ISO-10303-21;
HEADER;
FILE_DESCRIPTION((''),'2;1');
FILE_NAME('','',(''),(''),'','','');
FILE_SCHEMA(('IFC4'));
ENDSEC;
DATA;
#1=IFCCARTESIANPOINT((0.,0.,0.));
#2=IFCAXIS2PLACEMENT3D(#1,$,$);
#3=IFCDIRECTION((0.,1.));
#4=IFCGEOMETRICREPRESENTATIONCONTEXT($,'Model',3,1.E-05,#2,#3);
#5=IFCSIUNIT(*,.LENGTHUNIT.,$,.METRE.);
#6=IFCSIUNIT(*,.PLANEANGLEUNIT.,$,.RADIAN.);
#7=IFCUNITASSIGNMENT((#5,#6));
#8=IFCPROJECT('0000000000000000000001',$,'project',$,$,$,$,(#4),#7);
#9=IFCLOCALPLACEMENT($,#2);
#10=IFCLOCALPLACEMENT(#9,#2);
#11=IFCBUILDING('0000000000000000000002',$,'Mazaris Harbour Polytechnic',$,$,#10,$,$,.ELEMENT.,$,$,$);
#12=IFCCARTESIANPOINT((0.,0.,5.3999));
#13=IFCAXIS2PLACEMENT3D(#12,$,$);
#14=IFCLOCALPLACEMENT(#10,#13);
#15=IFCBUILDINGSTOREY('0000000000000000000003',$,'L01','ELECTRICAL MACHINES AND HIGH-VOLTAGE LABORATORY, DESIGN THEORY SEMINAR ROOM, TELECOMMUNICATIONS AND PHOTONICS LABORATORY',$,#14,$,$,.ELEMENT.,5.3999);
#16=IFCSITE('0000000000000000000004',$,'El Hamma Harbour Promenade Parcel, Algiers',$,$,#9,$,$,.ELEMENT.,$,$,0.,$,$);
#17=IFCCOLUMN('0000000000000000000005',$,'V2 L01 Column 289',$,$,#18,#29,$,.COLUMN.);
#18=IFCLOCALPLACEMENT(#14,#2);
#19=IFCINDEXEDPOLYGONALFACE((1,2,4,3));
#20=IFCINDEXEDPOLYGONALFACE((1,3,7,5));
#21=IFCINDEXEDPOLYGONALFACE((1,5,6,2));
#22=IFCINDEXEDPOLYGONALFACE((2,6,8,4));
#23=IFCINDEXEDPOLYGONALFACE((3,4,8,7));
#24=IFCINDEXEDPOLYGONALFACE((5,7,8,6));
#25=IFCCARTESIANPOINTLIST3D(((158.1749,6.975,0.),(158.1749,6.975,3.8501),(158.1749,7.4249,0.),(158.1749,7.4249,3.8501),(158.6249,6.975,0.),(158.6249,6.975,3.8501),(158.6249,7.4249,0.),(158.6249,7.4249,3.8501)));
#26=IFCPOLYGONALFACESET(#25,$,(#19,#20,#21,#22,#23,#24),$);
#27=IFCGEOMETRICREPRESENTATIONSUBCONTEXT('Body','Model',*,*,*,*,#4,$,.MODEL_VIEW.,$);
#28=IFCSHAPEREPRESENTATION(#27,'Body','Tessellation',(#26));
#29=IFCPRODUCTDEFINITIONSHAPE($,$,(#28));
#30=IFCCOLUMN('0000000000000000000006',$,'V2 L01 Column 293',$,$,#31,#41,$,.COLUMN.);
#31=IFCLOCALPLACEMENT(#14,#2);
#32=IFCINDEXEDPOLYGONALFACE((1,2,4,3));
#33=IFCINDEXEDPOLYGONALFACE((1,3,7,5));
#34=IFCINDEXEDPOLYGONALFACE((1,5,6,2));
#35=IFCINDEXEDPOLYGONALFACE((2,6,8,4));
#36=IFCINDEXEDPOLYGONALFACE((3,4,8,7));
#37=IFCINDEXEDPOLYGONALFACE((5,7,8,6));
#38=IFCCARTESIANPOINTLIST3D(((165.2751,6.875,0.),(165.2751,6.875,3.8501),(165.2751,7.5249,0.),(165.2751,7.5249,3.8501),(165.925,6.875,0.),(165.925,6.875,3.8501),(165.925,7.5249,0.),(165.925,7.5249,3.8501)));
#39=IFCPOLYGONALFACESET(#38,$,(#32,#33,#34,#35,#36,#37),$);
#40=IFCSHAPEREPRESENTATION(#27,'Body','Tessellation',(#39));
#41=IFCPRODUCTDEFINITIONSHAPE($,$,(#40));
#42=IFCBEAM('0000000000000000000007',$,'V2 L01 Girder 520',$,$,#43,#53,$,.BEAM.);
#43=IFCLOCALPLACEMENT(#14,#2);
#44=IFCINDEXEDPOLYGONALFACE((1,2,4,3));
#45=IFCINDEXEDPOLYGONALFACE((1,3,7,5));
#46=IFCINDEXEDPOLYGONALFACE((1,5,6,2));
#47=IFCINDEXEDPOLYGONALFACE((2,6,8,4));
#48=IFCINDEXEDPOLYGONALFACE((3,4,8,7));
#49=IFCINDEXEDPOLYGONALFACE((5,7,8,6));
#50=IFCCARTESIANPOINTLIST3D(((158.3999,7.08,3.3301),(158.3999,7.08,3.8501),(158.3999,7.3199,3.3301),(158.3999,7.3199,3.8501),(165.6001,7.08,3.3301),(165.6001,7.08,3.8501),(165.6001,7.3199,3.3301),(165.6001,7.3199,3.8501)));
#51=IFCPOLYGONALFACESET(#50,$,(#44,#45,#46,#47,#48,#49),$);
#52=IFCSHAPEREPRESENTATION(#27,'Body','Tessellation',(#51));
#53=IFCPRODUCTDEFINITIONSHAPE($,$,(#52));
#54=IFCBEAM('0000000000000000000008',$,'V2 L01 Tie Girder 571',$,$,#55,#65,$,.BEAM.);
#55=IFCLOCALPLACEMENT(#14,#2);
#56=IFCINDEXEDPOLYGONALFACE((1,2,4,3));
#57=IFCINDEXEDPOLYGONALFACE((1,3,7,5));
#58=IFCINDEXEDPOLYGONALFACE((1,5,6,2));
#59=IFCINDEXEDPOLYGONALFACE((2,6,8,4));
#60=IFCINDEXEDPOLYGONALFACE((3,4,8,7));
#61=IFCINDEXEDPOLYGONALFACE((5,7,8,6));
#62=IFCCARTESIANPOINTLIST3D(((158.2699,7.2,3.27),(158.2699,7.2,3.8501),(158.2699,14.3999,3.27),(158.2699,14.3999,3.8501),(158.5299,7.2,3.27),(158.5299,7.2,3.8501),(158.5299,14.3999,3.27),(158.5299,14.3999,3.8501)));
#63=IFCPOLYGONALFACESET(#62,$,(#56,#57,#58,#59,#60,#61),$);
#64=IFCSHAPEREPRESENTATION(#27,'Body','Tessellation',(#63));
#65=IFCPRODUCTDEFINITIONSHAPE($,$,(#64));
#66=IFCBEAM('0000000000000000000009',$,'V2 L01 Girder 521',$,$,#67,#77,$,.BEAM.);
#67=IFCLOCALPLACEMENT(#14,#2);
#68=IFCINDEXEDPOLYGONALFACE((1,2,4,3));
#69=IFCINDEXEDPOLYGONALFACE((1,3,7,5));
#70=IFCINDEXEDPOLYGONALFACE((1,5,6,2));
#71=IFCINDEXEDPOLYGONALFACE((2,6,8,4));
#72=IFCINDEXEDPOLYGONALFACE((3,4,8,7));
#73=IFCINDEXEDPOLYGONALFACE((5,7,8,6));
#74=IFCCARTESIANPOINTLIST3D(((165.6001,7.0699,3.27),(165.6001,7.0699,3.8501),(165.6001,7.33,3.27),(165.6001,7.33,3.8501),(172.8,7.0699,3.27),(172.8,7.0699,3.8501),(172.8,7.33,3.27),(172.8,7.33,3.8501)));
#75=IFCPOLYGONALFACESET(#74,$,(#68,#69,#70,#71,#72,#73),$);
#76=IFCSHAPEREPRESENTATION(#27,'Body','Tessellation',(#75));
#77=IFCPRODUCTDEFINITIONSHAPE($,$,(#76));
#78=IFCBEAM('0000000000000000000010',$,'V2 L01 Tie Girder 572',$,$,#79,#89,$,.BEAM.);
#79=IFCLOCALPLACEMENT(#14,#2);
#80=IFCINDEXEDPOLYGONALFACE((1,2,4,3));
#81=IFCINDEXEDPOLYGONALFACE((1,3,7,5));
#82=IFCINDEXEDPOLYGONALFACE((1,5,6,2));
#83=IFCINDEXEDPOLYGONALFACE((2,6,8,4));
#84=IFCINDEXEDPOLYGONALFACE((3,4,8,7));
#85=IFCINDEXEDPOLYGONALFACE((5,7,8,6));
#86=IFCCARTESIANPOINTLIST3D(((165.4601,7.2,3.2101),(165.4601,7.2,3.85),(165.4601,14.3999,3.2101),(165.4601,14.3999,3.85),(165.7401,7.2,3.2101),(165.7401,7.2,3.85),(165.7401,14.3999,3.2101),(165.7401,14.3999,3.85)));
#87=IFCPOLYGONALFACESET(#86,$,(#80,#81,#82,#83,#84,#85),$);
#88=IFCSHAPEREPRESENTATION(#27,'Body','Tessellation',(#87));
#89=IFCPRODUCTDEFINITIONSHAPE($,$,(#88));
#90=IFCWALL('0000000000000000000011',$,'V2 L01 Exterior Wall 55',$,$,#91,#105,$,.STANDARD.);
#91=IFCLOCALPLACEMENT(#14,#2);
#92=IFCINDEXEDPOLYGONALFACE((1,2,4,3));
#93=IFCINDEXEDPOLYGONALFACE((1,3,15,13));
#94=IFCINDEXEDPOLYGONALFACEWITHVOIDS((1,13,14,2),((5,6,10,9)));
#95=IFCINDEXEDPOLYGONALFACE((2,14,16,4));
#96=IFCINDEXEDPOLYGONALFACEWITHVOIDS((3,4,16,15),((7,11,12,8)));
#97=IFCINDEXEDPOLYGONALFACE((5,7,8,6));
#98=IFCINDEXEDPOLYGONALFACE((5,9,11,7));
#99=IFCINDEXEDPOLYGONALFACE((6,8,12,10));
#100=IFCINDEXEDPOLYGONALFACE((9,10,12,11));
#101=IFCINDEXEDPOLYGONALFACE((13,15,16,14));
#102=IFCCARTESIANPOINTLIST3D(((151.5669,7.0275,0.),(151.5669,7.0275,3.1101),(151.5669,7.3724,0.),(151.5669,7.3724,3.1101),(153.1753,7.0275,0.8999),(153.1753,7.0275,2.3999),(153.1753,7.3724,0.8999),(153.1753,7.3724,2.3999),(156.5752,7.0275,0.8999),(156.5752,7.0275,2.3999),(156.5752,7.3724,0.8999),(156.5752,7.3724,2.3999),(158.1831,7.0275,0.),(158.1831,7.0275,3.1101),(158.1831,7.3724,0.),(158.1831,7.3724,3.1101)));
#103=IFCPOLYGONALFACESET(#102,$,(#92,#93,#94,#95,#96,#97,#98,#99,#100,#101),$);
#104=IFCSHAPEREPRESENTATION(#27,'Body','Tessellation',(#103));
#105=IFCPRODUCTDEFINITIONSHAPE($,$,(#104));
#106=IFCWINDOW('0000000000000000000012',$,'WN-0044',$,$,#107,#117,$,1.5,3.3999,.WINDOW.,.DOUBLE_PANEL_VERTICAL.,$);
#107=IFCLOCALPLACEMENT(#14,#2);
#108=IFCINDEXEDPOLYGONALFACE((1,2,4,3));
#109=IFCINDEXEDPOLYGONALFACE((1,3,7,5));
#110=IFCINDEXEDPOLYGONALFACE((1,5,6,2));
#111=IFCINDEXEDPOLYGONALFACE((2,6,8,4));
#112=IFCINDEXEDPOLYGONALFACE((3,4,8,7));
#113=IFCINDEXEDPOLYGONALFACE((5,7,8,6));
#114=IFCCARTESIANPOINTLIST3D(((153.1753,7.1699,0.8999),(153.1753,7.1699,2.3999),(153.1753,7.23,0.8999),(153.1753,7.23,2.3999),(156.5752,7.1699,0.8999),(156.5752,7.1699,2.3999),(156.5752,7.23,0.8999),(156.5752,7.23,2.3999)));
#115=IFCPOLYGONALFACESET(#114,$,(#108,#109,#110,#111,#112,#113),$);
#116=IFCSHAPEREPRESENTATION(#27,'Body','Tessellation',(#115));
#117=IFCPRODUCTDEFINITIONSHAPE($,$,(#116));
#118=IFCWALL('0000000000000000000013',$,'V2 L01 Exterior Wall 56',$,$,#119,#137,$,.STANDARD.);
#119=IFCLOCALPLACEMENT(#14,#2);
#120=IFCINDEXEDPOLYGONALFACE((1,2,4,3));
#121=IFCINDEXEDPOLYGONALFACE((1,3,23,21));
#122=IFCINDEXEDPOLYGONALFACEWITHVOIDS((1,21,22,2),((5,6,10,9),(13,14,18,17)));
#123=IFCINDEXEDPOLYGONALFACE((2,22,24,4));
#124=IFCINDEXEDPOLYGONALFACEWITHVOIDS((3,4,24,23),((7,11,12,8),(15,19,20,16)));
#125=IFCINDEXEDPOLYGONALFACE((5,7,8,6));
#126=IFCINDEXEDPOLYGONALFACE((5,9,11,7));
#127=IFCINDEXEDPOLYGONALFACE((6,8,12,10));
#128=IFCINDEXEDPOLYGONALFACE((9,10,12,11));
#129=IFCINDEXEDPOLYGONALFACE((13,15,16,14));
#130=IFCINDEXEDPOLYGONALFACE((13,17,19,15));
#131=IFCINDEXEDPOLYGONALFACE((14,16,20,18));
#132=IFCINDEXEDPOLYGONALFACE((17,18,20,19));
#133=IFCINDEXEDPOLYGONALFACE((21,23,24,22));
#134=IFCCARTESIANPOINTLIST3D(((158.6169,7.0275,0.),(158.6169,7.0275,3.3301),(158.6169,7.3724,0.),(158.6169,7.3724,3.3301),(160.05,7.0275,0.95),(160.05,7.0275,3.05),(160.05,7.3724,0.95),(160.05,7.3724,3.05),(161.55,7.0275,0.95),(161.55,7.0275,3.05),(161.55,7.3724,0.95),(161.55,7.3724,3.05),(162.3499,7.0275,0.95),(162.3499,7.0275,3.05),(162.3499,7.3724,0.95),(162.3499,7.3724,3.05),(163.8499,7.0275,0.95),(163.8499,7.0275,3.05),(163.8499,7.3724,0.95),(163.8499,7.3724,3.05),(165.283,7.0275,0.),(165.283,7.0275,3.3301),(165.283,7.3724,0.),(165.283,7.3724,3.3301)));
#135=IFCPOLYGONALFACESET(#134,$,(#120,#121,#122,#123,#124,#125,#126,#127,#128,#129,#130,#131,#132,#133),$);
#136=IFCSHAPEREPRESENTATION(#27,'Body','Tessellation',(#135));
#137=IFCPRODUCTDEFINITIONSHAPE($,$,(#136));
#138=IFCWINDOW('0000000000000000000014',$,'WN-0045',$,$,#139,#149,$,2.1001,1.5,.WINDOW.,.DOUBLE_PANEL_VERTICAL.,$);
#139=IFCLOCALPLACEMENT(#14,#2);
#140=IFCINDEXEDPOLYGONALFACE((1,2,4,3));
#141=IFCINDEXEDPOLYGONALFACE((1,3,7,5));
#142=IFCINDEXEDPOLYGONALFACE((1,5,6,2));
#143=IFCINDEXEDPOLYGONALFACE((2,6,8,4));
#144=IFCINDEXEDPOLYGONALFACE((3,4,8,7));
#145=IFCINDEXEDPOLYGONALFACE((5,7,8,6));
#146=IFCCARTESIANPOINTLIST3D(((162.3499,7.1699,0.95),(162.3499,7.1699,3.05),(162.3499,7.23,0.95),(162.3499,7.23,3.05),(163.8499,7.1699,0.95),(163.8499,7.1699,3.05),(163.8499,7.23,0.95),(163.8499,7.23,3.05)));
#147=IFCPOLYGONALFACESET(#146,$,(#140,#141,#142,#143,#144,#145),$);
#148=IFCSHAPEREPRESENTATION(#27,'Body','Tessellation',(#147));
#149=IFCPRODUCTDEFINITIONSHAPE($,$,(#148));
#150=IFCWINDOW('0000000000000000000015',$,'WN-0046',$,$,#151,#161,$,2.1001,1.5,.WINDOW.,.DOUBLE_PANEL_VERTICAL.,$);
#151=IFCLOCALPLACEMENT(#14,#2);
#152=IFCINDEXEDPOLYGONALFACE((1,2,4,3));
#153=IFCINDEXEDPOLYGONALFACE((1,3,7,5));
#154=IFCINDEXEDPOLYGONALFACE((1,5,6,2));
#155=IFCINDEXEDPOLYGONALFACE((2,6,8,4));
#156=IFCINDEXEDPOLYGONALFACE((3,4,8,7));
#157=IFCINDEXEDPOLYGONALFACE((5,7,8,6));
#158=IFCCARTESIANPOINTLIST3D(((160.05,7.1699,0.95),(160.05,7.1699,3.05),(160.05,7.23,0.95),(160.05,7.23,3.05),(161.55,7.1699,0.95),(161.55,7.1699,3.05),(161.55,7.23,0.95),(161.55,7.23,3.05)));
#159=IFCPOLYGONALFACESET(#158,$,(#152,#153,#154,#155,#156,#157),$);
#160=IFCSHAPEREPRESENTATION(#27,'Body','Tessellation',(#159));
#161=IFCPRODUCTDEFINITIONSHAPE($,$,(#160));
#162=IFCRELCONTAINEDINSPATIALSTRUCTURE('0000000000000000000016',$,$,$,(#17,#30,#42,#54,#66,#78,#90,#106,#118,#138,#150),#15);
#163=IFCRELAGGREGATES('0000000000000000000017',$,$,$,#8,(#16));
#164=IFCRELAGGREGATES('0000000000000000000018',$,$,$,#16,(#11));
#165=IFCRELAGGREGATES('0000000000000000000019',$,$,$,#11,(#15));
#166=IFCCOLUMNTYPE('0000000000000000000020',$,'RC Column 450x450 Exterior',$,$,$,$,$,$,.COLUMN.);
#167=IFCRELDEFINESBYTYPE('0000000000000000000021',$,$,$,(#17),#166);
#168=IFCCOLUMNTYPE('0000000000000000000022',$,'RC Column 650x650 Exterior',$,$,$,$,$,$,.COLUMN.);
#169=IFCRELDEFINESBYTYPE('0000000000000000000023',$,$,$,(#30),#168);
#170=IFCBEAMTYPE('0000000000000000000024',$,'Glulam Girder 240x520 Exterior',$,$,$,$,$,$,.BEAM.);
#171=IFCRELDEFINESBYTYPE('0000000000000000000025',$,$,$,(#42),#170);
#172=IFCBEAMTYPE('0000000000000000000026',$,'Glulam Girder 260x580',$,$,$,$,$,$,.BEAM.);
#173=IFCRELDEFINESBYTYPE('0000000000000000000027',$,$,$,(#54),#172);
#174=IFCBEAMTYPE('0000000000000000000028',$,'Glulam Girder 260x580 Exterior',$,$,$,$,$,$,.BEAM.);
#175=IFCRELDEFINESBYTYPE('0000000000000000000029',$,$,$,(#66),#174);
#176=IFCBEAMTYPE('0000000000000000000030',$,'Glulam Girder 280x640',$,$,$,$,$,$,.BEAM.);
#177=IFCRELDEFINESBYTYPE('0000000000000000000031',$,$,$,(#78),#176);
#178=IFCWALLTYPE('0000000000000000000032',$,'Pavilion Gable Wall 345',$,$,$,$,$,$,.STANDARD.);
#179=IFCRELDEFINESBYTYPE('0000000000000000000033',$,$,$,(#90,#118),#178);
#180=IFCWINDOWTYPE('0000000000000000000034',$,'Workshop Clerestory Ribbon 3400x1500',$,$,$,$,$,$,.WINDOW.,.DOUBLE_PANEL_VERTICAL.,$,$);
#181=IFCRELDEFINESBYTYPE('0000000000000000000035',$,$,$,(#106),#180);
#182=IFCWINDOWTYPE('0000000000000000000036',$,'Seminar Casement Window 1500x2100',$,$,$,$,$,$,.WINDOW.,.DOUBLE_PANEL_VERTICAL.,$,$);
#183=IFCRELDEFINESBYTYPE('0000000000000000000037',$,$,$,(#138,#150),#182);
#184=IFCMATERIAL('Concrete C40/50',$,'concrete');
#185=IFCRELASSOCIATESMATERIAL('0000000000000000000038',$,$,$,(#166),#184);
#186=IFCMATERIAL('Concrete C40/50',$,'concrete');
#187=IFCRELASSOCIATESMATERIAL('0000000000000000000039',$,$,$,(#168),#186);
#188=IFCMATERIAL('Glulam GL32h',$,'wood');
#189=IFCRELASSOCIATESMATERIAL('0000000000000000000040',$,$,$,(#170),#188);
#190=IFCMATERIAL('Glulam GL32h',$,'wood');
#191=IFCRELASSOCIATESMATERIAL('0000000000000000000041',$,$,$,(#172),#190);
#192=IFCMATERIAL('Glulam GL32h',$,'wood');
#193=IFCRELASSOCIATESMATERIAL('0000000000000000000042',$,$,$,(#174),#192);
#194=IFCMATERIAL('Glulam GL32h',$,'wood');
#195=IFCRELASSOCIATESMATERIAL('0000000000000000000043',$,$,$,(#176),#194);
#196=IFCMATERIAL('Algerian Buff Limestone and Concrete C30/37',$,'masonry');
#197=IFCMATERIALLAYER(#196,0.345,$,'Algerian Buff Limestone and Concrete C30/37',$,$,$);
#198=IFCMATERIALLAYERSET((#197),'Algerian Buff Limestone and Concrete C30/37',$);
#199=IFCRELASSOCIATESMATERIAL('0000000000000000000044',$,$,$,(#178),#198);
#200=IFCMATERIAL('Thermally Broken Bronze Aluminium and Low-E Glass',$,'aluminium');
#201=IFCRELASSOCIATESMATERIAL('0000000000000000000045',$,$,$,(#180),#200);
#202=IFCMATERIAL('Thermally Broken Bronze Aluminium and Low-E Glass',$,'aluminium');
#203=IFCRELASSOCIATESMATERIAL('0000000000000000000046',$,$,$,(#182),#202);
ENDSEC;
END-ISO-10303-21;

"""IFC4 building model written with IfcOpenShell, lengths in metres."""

from ifc_helpers import new_model, si_unit, direction, frame, frame_2d, origin, origin_2d, place, context, subcontext, project, spatial, rectangle, extrude, material, layer, layer_set, material_profile, profile_set, type_object, element, fill, save


model = new_model("IFC4")

# Units and contexts
model_context = context("Model", 3, precision=1e-05, world=origin(), true_north=direction((0.0, 1.0)))
body_context = subcontext(model_context, "Body", "Model", "MODEL_VIEW")
ifc_project = project(units=[si_unit("LENGTHUNIT", "METRE"), si_unit("PLANEANGLEUNIT", "RADIAN")], contexts=[model_context])

# Site, building, storey
site_placement = place(None, origin())
site = spatial("IfcSite", under=ifc_project, at=site_placement, Name="El Hamma Harbour Promenade Parcel, Algiers", CompositionType="ELEMENT", RefElevation=0.0)
building_placement = place(site_placement, origin())
building = spatial("IfcBuilding", under=site, at=building_placement, Name="Mazaris Harbour Polytechnic", CompositionType="ELEMENT")
storey_placement = place(building_placement, frame((0.0, 0.0, 5.3999)))
storey = spatial("IfcBuildingStorey", under=building, at=storey_placement, Name="L01", Description="ELECTRICAL MACHINES AND HIGH-VOLTAGE LABORATORY, DESIGN THEORY SEMINAR ROOM, TELECOMMUNICATIONS AND PHOTONICS LABORATORY", CompositionType="ELEMENT", Elevation=5.3999)

# Columns
ifc_material_1 = material(Name="Concrete C40/50", Category="concrete")
ifc_material_profile_1 = material_profile(ifc_material_1, rectangle(XDim=0.45, YDim=0.45, at=origin_2d()), Name="RECT450x450")
ifc_profile_set_1 = profile_set([ifc_material_profile_1], Name="Concrete C40/50")
column_type_1 = type_object("IfcColumnType", Name="RC Column 450x450 Exterior", PredefinedType="COLUMN", material=ifc_profile_set_1)
column_1_placement = place(storey_placement, frame((158.3999, 7.2, 0.0), z_axis=(0.0, 0.0, 1.0), x_axis=(1.0, 0.0, 0.0)))
element("IfcColumn", 1, at=column_1_placement, inside=storey, type_object=column_type_1, Name="V2 L01 Column 289", PredefinedType="COLUMN", context=body_context, shape_type="SweptSolid", body=[
    extrude(rectangle(XDim=0.45, YDim=0.45, at=origin_2d()), origin(), (0.0, 0.0, 1.0), 3.8501),
])
ifc_material_2 = material(Name="Concrete C40/50", Category="concrete")
ifc_material_profile_2 = material_profile(ifc_material_2, rectangle(XDim=0.6499, YDim=0.6499, at=origin_2d()), Name="RECT650x650")
ifc_profile_set_2 = profile_set([ifc_material_profile_2], Name="Concrete C40/50")
column_type_2 = type_object("IfcColumnType", Name="RC Column 650x650 Exterior", PredefinedType="COLUMN", material=ifc_profile_set_2)
column_2_placement = place(storey_placement, frame((165.6001, 7.2, 0.0), z_axis=(0.0, 0.0, 1.0), x_axis=(1.0, 0.0, 0.0)))
element("IfcColumn", 2, at=column_2_placement, inside=storey, type_object=column_type_2, Name="V2 L01 Column 293", PredefinedType="COLUMN", context=body_context, shape_type="SweptSolid", body=[
    extrude(rectangle(XDim=0.6499, YDim=0.6499, at=origin_2d()), origin(), (0.0, 0.0, 1.0), 3.8501),
])

# Beams
ifc_material_3 = material(Name="Glulam GL32h", Category="wood")
ifc_material_profile_3 = material_profile(ifc_material_3, rectangle(XDim=0.24, YDim=0.52, at=origin_2d()), Name="RECT240x520")
ifc_profile_set_3 = profile_set([ifc_material_profile_3], Name="Glulam GL32h")
beam_type_1 = type_object("IfcBeamType", Name="Glulam Girder 240x520 Exterior", PredefinedType="BEAM", material=ifc_profile_set_3)
beam_1_placement = place(storey_placement, frame((158.3999, 7.2, 3.5901), z_axis=(1.0, 0.0, 0.0), x_axis=(0.0, 1.0, 0.0)))
element("IfcBeam", 3, at=beam_1_placement, inside=storey, type_object=beam_type_1, Name="V2 L01 Girder 520", PredefinedType="BEAM", context=body_context, shape_type="SweptSolid", body=[
    extrude(rectangle(XDim=0.24, YDim=0.52, at=origin_2d()), origin(), (0.0, 0.0, 1.0), 7.2002),
])
ifc_material_4 = material(Name="Glulam GL32h", Category="wood")
ifc_material_profile_4 = material_profile(ifc_material_4, rectangle(XDim=0.26, YDim=0.5801, at=origin_2d()), Name="RECT260x580")
ifc_profile_set_4 = profile_set([ifc_material_profile_4], Name="Glulam GL32h")
beam_type_2 = type_object("IfcBeamType", Name="Glulam Girder 260x580", PredefinedType="BEAM", material=ifc_profile_set_4)
beam_2_placement = place(storey_placement, frame((158.3999, 7.2, 3.5601), z_axis=(0.0, 1.0, 0.0), x_axis=(-1.0, 0.0, 0.0)))
element("IfcBeam", 4, at=beam_2_placement, inside=storey, type_object=beam_type_2, Name="V2 L01 Tie Girder 571", PredefinedType="BEAM", context=body_context, shape_type="SweptSolid", body=[
    extrude(rectangle(XDim=0.26, YDim=0.5801, at=origin_2d()), origin(), (0.0, 0.0, 1.0), 7.2),
])
ifc_material_5 = material(Name="Glulam GL32h", Category="wood")
ifc_material_profile_5 = material_profile(ifc_material_5, rectangle(XDim=0.26, YDim=0.5801, at=origin_2d()), Name="RECT260x580")
ifc_profile_set_5 = profile_set([ifc_material_profile_5], Name="Glulam GL32h")
beam_type_3 = type_object("IfcBeamType", Name="Glulam Girder 260x580 Exterior", PredefinedType="BEAM", material=ifc_profile_set_5)
beam_3_placement = place(storey_placement, frame((165.6001, 7.2, 3.5601), z_axis=(1.0, 0.0, 0.0), x_axis=(0.0, 1.0, 0.0)))
element("IfcBeam", 5, at=beam_3_placement, inside=storey, type_object=beam_type_3, Name="V2 L01 Girder 521", PredefinedType="BEAM", context=body_context, shape_type="SweptSolid", body=[
    extrude(rectangle(XDim=0.26, YDim=0.5801, at=origin_2d()), origin(), (0.0, 0.0, 1.0), 7.2),
])
ifc_material_6 = material(Name="Glulam GL32h", Category="wood")
ifc_material_profile_6 = material_profile(ifc_material_6, rectangle(XDim=0.28, YDim=0.6399, at=origin_2d()), Name="RECT280x640")
ifc_profile_set_6 = profile_set([ifc_material_profile_6], Name="Glulam GL32h")
beam_type_4 = type_object("IfcBeamType", Name="Glulam Girder 280x640", PredefinedType="BEAM", material=ifc_profile_set_6)
beam_4_placement = place(storey_placement, frame((165.6001, 7.2, 3.53), z_axis=(0.0, 1.0, 0.0), x_axis=(-1.0, 0.0, 0.0)))
element("IfcBeam", 6, at=beam_4_placement, inside=storey, type_object=beam_type_4, Name="V2 L01 Tie Girder 572", PredefinedType="BEAM", context=body_context, shape_type="SweptSolid", body=[
    extrude(rectangle(XDim=0.28, YDim=0.6399, at=origin_2d()), origin(), (0.0, 0.0, 1.0), 7.2),
])

# Wall, opening, window
ifc_material_7 = material(Name="Algerian Buff Limestone and Concrete C30/37", Category="masonry")
ifc_layer = layer(ifc_material_7, 0.345, Name="Algerian Buff Limestone and Concrete C30/37")
ifc_layer_set = layer_set([ifc_layer], Name="Algerian Buff Limestone and Concrete C30/37")
wall_type = type_object("IfcWallType", Name="Pavilion Gable Wall 345", PredefinedType="STANDARD", material=ifc_layer_set)
wall_1_placement = place(storey_placement, frame((158.1831, 7.2, 0.0), z_axis=(0.0, 0.0, 1.0), x_axis=(-1.0, 0.0, 0.0)))
wall_1 = element("IfcWall", 7, at=wall_1_placement, inside=storey, type_object=wall_type, Name="V2 L01 Exterior Wall 55", PredefinedType="STANDARD", context=body_context, shape_type="SweptSolid", body=[
    extrude(rectangle(XDim=6.6162, YDim=0.345, at=frame_2d((3.3081, 0.0))), origin(), (0.0, 0.0, 1.0), 3.1101),
])
opening_1_placement = place(wall_1_placement, frame((1.6079, 0.0, 0.8999)))
opening_1 = element("IfcOpeningElement", 8, at=opening_1_placement, cuts=wall_1, PredefinedType="OPENING", context=body_context, shape_type="SweptSolid", body=[
    extrude(rectangle(XDim=3.3999, YDim=1.5, at=frame_2d((1.7, 0.75))), frame((0.0, 0.1824, 0.0), z_axis=(0.0, -1.0, 0.0), x_axis=(1.0, 0.0, 0.0)), (0.0, 0.0, 1.0), 0.365),
])
ifc_material_8 = material(Name="Thermally Broken Bronze Aluminium and Low-E Glass", Category="aluminium")
window_type_1 = type_object("IfcWindowType", Name="Workshop Clerestory Ribbon 3400x1500", PartitioningType="DOUBLE_PANEL_VERTICAL", PredefinedType="WINDOW", material=ifc_material_8)
window_1_placement = place(opening_1_placement, origin())
window_1 = element("IfcWindow", 9, at=window_1_placement, inside=storey, type_object=window_type_1, Name="WN-0044", OverallHeight=1.5, OverallWidth=3.3999, PartitioningType="DOUBLE_PANEL_VERTICAL", PredefinedType="WINDOW", context=body_context, shape_type="SweptSolid", body=[
    extrude(rectangle(XDim=3.3999, YDim=1.5, at=frame_2d((1.7, 0.75))), frame((0.0, 0.03, 0.0), z_axis=(0.0, -1.0, 0.0), x_axis=(1.0, 0.0, 0.0)), (0.0, 0.0, 1.0), 0.0601),
])
fill(opening_1, window_1)

# Wall, openings, windows
wall_2_placement = place(storey_placement, frame((165.283, 7.2, 0.0), z_axis=(0.0, 0.0, 1.0), x_axis=(-1.0, 0.0, 0.0)))
wall_2 = element("IfcWall", 10, at=wall_2_placement, inside=storey, type_object=wall_type, Name="V2 L01 Exterior Wall 56", PredefinedType="STANDARD", context=body_context, shape_type="SweptSolid", body=[
    extrude(rectangle(XDim=6.666, YDim=0.345, at=frame_2d((3.333, 0.0))), origin(), (0.0, 0.0, 1.0), 3.3301),
])
opening_2_placement = place(wall_2_placement, frame((1.4331, 0.0, 0.95)))
opening_2 = element("IfcOpeningElement", 11, at=opening_2_placement, cuts=wall_2, PredefinedType="OPENING", context=body_context, shape_type="SweptSolid", body=[
    extrude(rectangle(XDim=1.5, YDim=2.1001, at=frame_2d((0.75, 1.05))), frame((0.0, 0.1824, 0.0), z_axis=(0.0, -1.0, 0.0), x_axis=(1.0, 0.0, 0.0)), (0.0, 0.0, 1.0), 0.365),
])
opening_3_placement = place(wall_2_placement, frame((3.7329, 0.0, 0.95)))
opening_3 = element("IfcOpeningElement", 12, at=opening_3_placement, cuts=wall_2, PredefinedType="OPENING", context=body_context, shape_type="SweptSolid", body=[
    extrude(rectangle(XDim=1.5, YDim=2.1001, at=frame_2d((0.75, 1.05))), frame((0.0, 0.1824, 0.0), z_axis=(0.0, -1.0, 0.0), x_axis=(1.0, 0.0, 0.0)), (0.0, 0.0, 1.0), 0.365),
])
ifc_material_9 = material(Name="Thermally Broken Bronze Aluminium and Low-E Glass", Category="aluminium")
window_type_2 = type_object("IfcWindowType", Name="Seminar Casement Window 1500x2100", PartitioningType="DOUBLE_PANEL_VERTICAL", PredefinedType="WINDOW", material=ifc_material_9)
window_2_placement = place(opening_2_placement, origin())
window_2 = element("IfcWindow", 13, at=window_2_placement, inside=storey, type_object=window_type_2, Name="WN-0045", OverallHeight=2.1001, OverallWidth=1.5, PartitioningType="DOUBLE_PANEL_VERTICAL", PredefinedType="WINDOW", context=body_context, shape_type="SweptSolid", body=[
    extrude(rectangle(XDim=1.5, YDim=2.1001, at=frame_2d((0.75, 1.05))), frame((0.0, 0.03, 0.0), z_axis=(0.0, -1.0, 0.0), x_axis=(1.0, 0.0, 0.0)), (0.0, 0.0, 1.0), 0.0601),
])
fill(opening_2, window_2)
window_3_placement = place(opening_3_placement, origin())
window_3 = element("IfcWindow", 14, at=window_3_placement, inside=storey, type_object=window_type_2, Name="WN-0046", OverallHeight=2.1001, OverallWidth=1.5, PartitioningType="DOUBLE_PANEL_VERTICAL", PredefinedType="WINDOW", context=body_context, shape_type="SweptSolid", body=[
    extrude(rectangle(XDim=1.5, YDim=2.1001, at=frame_2d((0.75, 1.05))), frame((0.0, 0.03, 0.0), z_axis=(0.0, -1.0, 0.0), x_axis=(1.0, 0.0, 0.0)), (0.0, 0.0, 1.0), 0.0601),
])
fill(opening_3, window_3)

save(model, "model.ifc")
